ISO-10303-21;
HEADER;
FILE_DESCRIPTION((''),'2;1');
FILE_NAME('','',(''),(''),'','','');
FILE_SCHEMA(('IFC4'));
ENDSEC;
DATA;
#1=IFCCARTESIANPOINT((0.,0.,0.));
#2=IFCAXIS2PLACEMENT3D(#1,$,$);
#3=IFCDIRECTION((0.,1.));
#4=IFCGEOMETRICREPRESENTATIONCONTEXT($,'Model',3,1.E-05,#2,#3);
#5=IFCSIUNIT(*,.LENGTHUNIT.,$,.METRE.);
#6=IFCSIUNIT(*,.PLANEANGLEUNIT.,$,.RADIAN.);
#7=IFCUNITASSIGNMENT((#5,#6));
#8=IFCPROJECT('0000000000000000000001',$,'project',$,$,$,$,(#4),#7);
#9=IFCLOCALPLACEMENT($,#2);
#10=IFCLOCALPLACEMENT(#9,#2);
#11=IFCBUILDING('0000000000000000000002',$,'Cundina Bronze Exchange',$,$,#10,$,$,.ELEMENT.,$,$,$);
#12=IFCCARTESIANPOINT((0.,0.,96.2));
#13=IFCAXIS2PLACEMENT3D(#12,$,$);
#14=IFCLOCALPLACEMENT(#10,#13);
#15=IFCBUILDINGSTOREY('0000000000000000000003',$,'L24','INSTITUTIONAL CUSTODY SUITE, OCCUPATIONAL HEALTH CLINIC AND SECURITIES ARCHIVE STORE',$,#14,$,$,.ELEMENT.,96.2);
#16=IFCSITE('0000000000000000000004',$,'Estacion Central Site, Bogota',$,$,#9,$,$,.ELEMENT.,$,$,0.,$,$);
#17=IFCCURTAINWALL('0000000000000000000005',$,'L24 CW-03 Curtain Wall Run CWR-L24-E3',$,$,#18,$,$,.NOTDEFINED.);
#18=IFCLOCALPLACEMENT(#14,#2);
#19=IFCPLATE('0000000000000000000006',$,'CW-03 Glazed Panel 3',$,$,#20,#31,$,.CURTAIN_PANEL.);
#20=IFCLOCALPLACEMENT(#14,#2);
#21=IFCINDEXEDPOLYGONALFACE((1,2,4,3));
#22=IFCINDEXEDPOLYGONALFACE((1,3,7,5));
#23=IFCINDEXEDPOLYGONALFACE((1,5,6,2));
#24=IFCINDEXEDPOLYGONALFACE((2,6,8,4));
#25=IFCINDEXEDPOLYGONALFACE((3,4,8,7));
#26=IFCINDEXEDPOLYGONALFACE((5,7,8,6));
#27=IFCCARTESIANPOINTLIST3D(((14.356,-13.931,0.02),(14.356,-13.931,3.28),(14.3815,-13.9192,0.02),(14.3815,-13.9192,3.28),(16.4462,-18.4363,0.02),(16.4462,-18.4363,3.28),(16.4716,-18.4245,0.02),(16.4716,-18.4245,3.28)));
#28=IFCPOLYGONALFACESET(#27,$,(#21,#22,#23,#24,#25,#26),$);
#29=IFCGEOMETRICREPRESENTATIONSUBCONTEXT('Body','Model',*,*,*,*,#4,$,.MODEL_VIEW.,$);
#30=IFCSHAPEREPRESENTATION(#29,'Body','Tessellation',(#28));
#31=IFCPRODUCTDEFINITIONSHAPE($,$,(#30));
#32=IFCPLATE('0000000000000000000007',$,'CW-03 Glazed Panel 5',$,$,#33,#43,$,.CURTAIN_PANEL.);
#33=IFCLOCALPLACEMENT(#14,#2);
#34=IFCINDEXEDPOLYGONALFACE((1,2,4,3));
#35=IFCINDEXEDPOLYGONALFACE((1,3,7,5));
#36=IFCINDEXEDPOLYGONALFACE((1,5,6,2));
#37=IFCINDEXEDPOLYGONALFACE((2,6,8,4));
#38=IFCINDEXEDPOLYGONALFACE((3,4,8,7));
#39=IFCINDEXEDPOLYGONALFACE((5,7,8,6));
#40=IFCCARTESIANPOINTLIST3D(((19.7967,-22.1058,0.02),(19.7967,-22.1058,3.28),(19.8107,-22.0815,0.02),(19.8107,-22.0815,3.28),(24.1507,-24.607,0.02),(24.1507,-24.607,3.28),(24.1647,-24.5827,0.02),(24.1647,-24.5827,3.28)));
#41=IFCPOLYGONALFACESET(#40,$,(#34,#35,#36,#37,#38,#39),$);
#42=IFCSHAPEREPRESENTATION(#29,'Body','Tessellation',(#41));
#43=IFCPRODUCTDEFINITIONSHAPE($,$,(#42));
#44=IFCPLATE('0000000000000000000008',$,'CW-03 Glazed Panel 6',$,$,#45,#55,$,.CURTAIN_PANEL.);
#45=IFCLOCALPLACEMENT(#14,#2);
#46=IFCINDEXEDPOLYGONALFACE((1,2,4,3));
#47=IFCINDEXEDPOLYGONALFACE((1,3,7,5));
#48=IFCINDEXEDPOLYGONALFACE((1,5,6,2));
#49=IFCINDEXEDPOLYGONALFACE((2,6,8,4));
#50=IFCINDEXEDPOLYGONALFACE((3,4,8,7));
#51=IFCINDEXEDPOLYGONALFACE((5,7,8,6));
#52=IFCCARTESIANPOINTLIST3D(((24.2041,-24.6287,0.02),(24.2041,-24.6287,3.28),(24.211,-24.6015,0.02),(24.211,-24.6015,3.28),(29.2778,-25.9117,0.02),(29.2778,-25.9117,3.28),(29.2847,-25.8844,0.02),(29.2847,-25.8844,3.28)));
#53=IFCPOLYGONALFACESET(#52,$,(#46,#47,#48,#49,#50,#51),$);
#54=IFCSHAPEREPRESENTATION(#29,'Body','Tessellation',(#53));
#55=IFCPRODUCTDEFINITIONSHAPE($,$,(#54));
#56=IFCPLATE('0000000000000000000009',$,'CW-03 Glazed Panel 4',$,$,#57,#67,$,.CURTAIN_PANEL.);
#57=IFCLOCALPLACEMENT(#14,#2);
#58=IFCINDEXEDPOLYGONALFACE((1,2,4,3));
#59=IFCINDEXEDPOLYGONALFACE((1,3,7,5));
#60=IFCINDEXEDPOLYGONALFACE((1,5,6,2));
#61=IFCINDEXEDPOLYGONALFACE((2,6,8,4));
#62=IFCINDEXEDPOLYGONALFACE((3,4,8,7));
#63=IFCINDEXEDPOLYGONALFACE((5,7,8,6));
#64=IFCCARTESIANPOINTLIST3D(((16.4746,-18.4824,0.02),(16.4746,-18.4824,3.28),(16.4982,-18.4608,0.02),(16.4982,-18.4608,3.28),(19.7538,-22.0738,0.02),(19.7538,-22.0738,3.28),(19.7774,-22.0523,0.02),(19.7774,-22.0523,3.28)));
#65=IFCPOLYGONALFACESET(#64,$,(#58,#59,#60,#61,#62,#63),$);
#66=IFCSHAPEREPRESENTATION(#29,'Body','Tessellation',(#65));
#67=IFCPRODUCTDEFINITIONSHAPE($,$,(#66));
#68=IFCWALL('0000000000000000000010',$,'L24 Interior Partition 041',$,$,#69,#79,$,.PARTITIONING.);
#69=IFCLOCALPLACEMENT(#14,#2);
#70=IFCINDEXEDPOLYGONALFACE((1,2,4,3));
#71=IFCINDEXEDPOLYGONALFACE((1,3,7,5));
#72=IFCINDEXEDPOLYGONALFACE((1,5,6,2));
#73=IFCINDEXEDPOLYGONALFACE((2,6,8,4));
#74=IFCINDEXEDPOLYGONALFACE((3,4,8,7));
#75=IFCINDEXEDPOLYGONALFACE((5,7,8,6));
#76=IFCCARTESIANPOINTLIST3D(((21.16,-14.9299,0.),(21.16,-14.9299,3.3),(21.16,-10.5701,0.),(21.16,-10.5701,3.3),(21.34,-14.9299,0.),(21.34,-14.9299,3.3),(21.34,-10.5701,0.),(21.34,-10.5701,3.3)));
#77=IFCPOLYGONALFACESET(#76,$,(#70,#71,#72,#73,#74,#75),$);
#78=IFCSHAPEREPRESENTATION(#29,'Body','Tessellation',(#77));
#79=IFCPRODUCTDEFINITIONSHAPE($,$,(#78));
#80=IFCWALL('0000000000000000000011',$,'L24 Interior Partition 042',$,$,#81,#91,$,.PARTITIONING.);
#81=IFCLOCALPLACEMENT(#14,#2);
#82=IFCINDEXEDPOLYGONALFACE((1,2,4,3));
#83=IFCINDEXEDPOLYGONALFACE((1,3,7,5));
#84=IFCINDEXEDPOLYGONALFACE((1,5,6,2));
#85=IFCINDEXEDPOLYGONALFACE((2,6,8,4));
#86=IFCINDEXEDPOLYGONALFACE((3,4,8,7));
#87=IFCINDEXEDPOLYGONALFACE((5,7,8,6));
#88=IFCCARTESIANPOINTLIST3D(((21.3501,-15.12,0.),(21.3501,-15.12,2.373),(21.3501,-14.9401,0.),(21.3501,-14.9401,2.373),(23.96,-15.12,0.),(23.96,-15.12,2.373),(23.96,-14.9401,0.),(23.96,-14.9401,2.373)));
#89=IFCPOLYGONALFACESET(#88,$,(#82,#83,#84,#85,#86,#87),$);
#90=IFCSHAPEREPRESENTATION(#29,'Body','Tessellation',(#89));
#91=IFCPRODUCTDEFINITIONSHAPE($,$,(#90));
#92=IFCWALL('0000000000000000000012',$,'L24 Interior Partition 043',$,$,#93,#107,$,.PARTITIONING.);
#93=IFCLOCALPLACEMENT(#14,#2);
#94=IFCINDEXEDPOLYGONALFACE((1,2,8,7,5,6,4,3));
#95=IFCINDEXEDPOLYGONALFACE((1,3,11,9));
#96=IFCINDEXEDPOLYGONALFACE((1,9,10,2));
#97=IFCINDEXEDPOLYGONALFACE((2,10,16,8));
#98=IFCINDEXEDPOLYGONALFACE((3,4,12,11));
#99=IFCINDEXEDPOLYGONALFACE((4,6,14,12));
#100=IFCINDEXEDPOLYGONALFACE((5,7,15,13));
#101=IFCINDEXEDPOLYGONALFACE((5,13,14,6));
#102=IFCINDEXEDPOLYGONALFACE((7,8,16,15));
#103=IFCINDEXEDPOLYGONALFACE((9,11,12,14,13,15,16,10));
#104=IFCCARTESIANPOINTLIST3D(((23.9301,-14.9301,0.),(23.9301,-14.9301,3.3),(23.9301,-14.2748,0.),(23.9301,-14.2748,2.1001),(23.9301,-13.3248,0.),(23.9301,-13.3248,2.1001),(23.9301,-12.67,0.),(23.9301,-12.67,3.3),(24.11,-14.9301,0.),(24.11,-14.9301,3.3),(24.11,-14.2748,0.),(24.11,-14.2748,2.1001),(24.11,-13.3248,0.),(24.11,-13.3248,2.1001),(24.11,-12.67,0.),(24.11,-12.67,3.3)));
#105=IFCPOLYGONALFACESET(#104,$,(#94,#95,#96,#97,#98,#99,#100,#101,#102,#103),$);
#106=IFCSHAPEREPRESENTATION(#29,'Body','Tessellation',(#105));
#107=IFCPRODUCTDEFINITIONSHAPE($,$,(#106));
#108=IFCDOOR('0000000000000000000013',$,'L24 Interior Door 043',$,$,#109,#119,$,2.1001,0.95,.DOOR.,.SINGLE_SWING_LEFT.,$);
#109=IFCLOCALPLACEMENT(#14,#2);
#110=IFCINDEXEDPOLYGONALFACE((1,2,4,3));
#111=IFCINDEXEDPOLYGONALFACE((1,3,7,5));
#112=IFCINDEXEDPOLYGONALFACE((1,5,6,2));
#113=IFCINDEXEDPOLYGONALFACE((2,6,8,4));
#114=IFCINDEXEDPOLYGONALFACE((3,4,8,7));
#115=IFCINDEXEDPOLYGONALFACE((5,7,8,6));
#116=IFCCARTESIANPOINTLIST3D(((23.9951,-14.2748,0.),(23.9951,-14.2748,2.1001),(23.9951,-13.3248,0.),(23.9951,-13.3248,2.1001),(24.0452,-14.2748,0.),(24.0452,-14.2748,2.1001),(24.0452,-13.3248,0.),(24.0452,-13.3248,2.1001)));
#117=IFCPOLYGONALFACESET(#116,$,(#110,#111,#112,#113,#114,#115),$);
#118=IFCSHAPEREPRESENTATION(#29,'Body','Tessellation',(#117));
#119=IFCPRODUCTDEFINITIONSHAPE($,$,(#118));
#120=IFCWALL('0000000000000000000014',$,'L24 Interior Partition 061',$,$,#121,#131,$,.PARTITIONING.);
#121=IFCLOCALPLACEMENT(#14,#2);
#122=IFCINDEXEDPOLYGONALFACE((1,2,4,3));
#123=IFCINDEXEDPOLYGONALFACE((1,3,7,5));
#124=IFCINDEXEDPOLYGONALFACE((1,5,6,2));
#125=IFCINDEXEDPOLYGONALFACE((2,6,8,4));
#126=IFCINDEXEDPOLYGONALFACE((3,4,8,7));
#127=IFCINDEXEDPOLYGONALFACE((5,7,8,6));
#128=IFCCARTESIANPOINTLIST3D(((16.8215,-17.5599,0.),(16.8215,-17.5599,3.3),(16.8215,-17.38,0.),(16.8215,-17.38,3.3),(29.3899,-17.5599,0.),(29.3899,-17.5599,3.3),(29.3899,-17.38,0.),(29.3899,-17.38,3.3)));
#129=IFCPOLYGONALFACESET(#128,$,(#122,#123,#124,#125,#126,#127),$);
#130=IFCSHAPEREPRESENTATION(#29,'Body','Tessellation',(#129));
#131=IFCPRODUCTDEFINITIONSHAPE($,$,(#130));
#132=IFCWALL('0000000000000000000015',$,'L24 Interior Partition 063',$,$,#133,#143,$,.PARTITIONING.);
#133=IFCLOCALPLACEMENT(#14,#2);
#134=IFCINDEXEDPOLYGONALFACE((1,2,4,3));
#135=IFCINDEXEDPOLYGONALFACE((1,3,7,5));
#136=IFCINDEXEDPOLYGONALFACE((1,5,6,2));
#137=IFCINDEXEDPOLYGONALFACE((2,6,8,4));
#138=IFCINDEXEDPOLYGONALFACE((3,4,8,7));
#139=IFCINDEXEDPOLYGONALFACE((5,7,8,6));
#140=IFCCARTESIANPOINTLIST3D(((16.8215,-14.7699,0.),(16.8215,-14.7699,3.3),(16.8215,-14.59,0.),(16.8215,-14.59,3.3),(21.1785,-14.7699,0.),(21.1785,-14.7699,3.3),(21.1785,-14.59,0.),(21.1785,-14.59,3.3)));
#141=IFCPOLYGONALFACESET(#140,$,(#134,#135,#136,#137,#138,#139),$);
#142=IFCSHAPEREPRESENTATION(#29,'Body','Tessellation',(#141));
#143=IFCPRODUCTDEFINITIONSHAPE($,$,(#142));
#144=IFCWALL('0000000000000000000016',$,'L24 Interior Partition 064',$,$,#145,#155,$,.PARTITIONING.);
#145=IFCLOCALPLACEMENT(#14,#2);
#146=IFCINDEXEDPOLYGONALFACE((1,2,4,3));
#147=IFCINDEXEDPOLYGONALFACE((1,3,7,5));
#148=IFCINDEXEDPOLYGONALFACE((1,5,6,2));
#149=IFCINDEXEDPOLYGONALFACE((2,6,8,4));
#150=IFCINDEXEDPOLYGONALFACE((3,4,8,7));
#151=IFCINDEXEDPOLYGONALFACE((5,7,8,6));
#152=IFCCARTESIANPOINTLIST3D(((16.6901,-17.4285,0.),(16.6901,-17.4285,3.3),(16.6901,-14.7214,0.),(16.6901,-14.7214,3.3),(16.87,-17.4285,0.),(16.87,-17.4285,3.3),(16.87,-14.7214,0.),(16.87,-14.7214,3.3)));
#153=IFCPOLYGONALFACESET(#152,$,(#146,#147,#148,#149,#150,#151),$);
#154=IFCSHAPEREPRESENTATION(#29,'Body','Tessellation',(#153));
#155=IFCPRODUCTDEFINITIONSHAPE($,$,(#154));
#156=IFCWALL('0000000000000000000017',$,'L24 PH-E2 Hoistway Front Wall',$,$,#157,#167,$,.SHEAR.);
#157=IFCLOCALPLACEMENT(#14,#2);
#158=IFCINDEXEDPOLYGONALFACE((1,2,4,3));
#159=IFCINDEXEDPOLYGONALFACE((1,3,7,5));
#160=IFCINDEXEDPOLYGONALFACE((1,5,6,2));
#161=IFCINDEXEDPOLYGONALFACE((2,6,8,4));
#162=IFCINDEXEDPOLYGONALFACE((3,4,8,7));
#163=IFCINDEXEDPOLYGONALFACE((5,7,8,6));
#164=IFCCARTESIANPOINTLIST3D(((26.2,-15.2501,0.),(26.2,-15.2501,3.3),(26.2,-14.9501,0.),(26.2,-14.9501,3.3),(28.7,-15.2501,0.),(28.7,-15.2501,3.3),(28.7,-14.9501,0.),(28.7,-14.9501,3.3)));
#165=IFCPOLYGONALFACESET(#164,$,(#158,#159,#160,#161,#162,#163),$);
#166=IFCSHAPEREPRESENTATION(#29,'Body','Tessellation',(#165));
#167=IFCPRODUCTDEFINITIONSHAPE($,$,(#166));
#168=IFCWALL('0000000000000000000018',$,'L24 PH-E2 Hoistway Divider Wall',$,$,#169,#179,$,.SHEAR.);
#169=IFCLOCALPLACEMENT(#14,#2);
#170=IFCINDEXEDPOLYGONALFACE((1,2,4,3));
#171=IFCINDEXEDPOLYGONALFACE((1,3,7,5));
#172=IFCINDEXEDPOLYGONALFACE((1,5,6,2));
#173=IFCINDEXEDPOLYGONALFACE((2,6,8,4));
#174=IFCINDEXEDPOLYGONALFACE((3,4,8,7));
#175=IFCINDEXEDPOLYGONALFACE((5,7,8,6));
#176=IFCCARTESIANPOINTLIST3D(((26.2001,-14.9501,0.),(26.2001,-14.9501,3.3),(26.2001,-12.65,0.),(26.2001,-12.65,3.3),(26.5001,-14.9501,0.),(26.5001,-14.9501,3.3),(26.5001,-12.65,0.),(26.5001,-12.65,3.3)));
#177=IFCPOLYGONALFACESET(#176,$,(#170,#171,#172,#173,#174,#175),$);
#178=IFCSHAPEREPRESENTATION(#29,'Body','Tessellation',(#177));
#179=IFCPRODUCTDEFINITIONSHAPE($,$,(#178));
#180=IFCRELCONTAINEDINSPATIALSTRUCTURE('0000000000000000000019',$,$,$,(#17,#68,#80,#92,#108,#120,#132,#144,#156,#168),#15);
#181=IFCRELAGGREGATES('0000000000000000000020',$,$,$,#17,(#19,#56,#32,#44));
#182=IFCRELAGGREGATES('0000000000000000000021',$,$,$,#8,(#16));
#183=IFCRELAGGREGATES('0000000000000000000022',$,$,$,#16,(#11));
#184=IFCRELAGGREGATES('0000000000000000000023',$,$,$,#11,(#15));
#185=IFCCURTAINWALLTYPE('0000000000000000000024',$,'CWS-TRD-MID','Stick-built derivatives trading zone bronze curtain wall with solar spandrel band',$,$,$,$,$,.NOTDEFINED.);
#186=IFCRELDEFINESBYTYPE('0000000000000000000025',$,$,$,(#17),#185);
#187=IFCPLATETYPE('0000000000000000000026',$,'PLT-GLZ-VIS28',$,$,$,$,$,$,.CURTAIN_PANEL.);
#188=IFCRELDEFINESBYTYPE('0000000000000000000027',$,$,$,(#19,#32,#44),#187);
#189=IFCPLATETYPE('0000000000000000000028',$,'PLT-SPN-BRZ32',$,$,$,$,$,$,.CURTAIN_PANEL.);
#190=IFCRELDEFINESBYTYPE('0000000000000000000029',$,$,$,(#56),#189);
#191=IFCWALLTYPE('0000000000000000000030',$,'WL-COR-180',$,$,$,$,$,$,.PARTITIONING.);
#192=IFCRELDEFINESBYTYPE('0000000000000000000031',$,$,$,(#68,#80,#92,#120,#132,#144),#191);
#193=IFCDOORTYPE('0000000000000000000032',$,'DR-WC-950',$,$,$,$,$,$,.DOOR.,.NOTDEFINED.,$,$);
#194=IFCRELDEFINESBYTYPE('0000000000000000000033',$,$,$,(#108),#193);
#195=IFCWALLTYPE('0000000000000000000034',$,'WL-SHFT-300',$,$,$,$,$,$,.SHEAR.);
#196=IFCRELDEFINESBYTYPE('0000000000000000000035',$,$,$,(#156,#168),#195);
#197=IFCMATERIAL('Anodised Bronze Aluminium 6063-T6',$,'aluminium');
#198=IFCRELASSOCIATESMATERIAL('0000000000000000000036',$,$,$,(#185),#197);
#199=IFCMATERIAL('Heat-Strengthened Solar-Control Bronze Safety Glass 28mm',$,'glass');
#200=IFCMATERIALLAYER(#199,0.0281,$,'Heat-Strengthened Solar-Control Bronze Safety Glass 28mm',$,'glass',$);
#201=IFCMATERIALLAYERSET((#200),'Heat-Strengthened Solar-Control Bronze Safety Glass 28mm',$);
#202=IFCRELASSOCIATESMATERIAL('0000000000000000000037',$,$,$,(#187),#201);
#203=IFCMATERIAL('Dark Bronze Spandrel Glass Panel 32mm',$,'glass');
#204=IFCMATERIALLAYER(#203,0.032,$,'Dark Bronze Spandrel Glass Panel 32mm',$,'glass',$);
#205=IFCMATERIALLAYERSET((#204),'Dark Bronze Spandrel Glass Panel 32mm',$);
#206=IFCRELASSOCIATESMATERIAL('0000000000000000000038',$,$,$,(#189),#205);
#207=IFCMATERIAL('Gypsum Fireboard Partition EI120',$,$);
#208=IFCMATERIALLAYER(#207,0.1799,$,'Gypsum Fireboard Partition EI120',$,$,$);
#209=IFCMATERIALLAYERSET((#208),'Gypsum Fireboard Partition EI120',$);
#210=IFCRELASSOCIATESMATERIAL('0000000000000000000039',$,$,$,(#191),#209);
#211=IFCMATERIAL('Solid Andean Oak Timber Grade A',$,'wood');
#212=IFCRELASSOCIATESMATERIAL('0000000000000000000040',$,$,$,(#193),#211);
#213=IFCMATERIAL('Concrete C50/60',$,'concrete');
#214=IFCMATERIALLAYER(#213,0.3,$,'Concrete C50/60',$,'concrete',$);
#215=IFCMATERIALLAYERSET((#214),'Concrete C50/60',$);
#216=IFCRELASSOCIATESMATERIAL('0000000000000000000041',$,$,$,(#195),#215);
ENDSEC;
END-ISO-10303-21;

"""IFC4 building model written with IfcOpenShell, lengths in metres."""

from ifc_helpers import new_model, si_unit, direction, frame, frame_2d, origin, origin_2d, place, context, subcontext, project, spatial, rectangle, extrude, material, layer, layer_set, type_object, element, fill, aggregate, save


model = new_model("IFC4")

# Units and contexts
model_context = context("Model", 3, precision=1e-05, world=origin(), true_north=direction((0.0, 1.0)))
body_context = subcontext(model_context, "Body", "Model", "MODEL_VIEW")
ifc_project = project(units=[si_unit("LENGTHUNIT", "METRE"), si_unit("PLANEANGLEUNIT", "RADIAN")], contexts=[model_context])

# Site, building, storey
site_placement = place(None, origin())
site = spatial("IfcSite", under=ifc_project, at=site_placement, Name="Estacion Central Site, Bogota", CompositionType="ELEMENT", RefElevation=0.0)
building_placement = place(site_placement, origin())
building = spatial("IfcBuilding", under=site, at=building_placement, Name="Cundina Bronze Exchange", CompositionType="ELEMENT")
storey_placement = place(building_placement, frame((0.0, 0.0, 96.2)))
storey = spatial("IfcBuildingStorey", under=building, at=storey_placement, Name="L24", Description="INSTITUTIONAL CUSTODY SUITE, OCCUPATIONAL HEALTH CLINIC AND SECURITIES ARCHIVE STORE", CompositionType="ELEMENT", Elevation=96.2)

# Curtain wall, plates
ifc_material_1 = material(Name="Anodised Bronze Aluminium 6063-T6", Category="aluminium")
curtain_wall_type = type_object("IfcCurtainWallType", Name="CWS-TRD-MID", Description="Stick-built derivatives trading zone bronze curtain wall with solar spandrel band", PredefinedType="NOTDEFINED", material=ifc_material_1)
curtain_wall_placement = place(storey_placement, origin())
curtain_wall = element("IfcCurtainWall", 1, at=curtain_wall_placement, inside=storey, type_object=curtain_wall_type, Name="L24 CW-03 Curtain Wall Run CWR-L24-E3", PredefinedType="NOTDEFINED")
ifc_material_2 = material(Name="Heat-Strengthened Solar-Control Bronze Safety Glass 28mm", Category="glass")
ifc_layer_1 = layer(ifc_material_2, 0.0281, Name="Heat-Strengthened Solar-Control Bronze Safety Glass 28mm", Category="glass")
ifc_layer_set_1 = layer_set([ifc_layer_1], Name="Heat-Strengthened Solar-Control Bronze Safety Glass 28mm")
plate_type_1 = type_object("IfcPlateType", Name="PLT-GLZ-VIS28", PredefinedType="CURTAIN_PANEL", material=ifc_layer_set_1)
plate_1_placement = place(storey_placement, frame((15.4138, -16.1777, 0.02), z_axis=(0.0, 0.0, 1.0), x_axis=(0.420846, -0.907132, 0.0)))
plate_1 = element("IfcPlate", 2, at=plate_1_placement, type_object=plate_type_1, Name="CW-03 Glazed Panel 3", PredefinedType="CURTAIN_PANEL", context=body_context, shape_type="SweptSolid", body=[
    extrude(rectangle(XDim=4.9666, YDim=0.0281, at=origin_2d()), origin(), (0.0, 0.0, 1.0), 3.26),
])
plate_2_placement = place(storey_placement, frame((21.9807, -23.3442, 0.02), z_axis=(0.0, 0.0, 1.0), x_axis=(0.867105, -0.498125, 0.0)))
plate_2 = element("IfcPlate", 3, at=plate_2_placement, type_object=plate_type_1, Name="CW-03 Glazed Panel 5", PredefinedType="CURTAIN_PANEL", context=body_context, shape_type="SweptSolid", body=[
    extrude(rectangle(XDim=5.0212, YDim=0.0281, at=origin_2d()), origin(), (0.0, 0.0, 1.0), 3.26),
])
plate_3_placement = place(storey_placement, frame((26.7444, -25.2566, 0.02), z_axis=(0.0, 0.0, 1.0), x_axis=(0.969488, -0.245138, 0.0)))
plate_3 = element("IfcPlate", 4, at=plate_3_placement, type_object=plate_type_1, Name="CW-03 Glazed Panel 6", PredefinedType="CURTAIN_PANEL", context=body_context, shape_type="SweptSolid", body=[
    extrude(rectangle(XDim=5.2334, YDim=0.0281, at=origin_2d()), origin(), (0.0, 0.0, 1.0), 3.26),
])
ifc_material_3 = material(Name="Dark Bronze Spandrel Glass Panel 32mm", Category="glass")
ifc_layer_2 = layer(ifc_material_3, 0.032, Name="Dark Bronze Spandrel Glass Panel 32mm", Category="glass")
ifc_layer_set_2 = layer_set([ifc_layer_2], Name="Dark Bronze Spandrel Glass Panel 32mm")
plate_type_2 = type_object("IfcPlateType", Name="PLT-SPN-BRZ32", PredefinedType="CURTAIN_PANEL", material=ifc_layer_set_2)
plate_4_placement = place(storey_placement, frame((18.126, -20.2673, 0.02), z_axis=(0.0, 0.0, 1.0), x_axis=(0.674277, -0.738479, 0.0)))
plate_4 = element("IfcPlate", 5, at=plate_4_placement, type_object=plate_type_2, Name="CW-03 Glazed Panel 4", PredefinedType="CURTAIN_PANEL", context=body_context, shape_type="SweptSolid", body=[
    extrude(rectangle(XDim=4.8633, YDim=0.032, at=origin_2d()), origin(), (0.0, 0.0, 1.0), 3.26),
])
aggregate(curtain_wall, [plate_1, plate_4, plate_2, plate_3])

# Walls
ifc_material_4 = material(Name="Gypsum Fireboard Partition EI120")
ifc_layer_3 = layer(ifc_material_4, 0.1799, Name="Gypsum Fireboard Partition EI120")
ifc_layer_set_3 = layer_set([ifc_layer_3], Name="Gypsum Fireboard Partition EI120")
wall_type_1 = type_object("IfcWallType", Name="WL-COR-180", PredefinedType="PARTITIONING", material=ifc_layer_set_3)
wall_1_placement = place(storey_placement, frame((21.25, -14.9299, 0.0), z_axis=(0.0, 0.0, 1.0), x_axis=(0.0, 1.0, 0.0)))
element("IfcWall", 6, at=wall_1_placement, inside=storey, type_object=wall_type_1, Name="L24 Interior Partition 041", PredefinedType="PARTITIONING", context=body_context, shape_type="SweptSolid", body=[
    extrude(rectangle(XDim=4.3599, YDim=0.1799, at=frame_2d((2.1799, 0.0))), origin(), (0.0, 0.0, 1.0), 3.3),
])
wall_2_placement = place(storey_placement, frame((21.3501, -15.03, 0.0), z_axis=(0.0, 0.0, 1.0), x_axis=(1.0, 0.0, 0.0)))
element("IfcWall", 7, at=wall_2_placement, inside=storey, type_object=wall_type_1, Name="L24 Interior Partition 042", PredefinedType="PARTITIONING", context=body_context, shape_type="SweptSolid", body=[
    extrude(rectangle(XDim=2.6099, YDim=0.1799, at=frame_2d((1.3049, 0.0))), origin(), (0.0, 0.0, 1.0), 2.373),
])

# Wall, opening, door
wall_3_placement = place(storey_placement, frame((24.02, -14.9299, 0.0), z_axis=(0.0, 0.0, 1.0), x_axis=(0.0, 1.0, 0.0)))
wall_3 = element("IfcWall", 8, at=wall_3_placement, inside=storey, type_object=wall_type_1, Name="L24 Interior Partition 043", PredefinedType="PARTITIONING", context=body_context, shape_type="SweptSolid", body=[
    extrude(rectangle(XDim=2.26, YDim=0.1799, at=frame_2d((1.1299, 0.0))), origin(), (0.0, 0.0, 1.0), 3.3),
])
opening_placement = place(wall_3_placement, frame((0.655, 0.0, 0.0)))
opening = element("IfcOpeningElement", 9, at=opening_placement, cuts=wall_3, PredefinedType="OPENING", context=body_context, shape_type="SweptSolid", body=[
    extrude(rectangle(XDim=0.95, YDim=2.1001, at=frame_2d((0.4751, 1.05))), frame((0.0, 0.0999, 0.0), z_axis=(0.0, -1.0, 0.0), x_axis=(1.0, 0.0, 0.0)), (0.0, 0.0, 1.0), 0.2),
])
ifc_material_5 = material(Name="Solid Andean Oak Timber Grade A", Category="wood")
door_type = type_object("IfcDoorType", Name="DR-WC-950", OperationType="NOTDEFINED", PredefinedType="DOOR", material=ifc_material_5)
door_placement = place(opening_placement, origin())
door = element("IfcDoor", 10, at=door_placement, inside=storey, type_object=door_type, Name="L24 Interior Door 043", OperationType="SINGLE_SWING_LEFT", OverallHeight=2.1001, OverallWidth=0.95, PredefinedType="DOOR", context=body_context, shape_type="SweptSolid", body=[
    extrude(rectangle(XDim=0.95, YDim=2.1001, at=frame_2d((0.4751, 1.05))), frame((0.0, 0.0249, 0.0), z_axis=(0.0, -1.0, 0.0), x_axis=(1.0, 0.0, 0.0)), (0.0, 0.0, 1.0), 0.05),
])
fill(opening, door)

# Walls
wall_4_placement = place(storey_placement, frame((16.8215, -17.47, 0.0), z_axis=(0.0, 0.0, 1.0), x_axis=(1.0, 0.0, 0.0)))
element("IfcWall", 11, at=wall_4_placement, inside=storey, type_object=wall_type_1, Name="L24 Interior Partition 061", PredefinedType="PARTITIONING", context=body_context, shape_type="SweptSolid", body=[
    extrude(rectangle(XDim=12.5684, YDim=0.1799, at=frame_2d((6.2842, 0.0))), origin(), (0.0, 0.0, 1.0), 3.3),
])
wall_5_placement = place(storey_placement, frame((21.1785, -14.6799, 0.0), z_axis=(0.0, 0.0, 1.0), x_axis=(-1.0, 0.0, 0.0)))
element("IfcWall", 12, at=wall_5_placement, inside=storey, type_object=wall_type_1, Name="L24 Interior Partition 063", PredefinedType="PARTITIONING", context=body_context, shape_type="SweptSolid", body=[
    extrude(rectangle(XDim=4.3569, YDim=0.1799, at=frame_2d((2.1785, 0.0))), origin(), (0.0, 0.0, 1.0), 3.3),
])
wall_6_placement = place(storey_placement, frame((16.78, -14.7214, 0.0), z_axis=(0.0, 0.0, 1.0), x_axis=(0.0, -1.0, 0.0)))
element("IfcWall", 13, at=wall_6_placement, inside=storey, type_object=wall_type_1, Name="L24 Interior Partition 064", PredefinedType="PARTITIONING", context=body_context, shape_type="SweptSolid", body=[
    extrude(rectangle(XDim=2.707, YDim=0.1799, at=frame_2d((1.3535, 0.0))), origin(), (0.0, 0.0, 1.0), 3.3),
])
ifc_material_6 = material(Name="Concrete C50/60", Category="concrete")
ifc_layer_4 = layer(ifc_material_6, 0.3, Name="Concrete C50/60", Category="concrete")
ifc_layer_set_4 = layer_set([ifc_layer_4], Name="Concrete C50/60")
wall_type_2 = type_object("IfcWallType", Name="WL-SHFT-300", PredefinedType="SHEAR", material=ifc_layer_set_4)
wall_7_placement = place(storey_placement, frame((26.2, -15.1001, 0.0), z_axis=(0.0, 0.0, 1.0), x_axis=(1.0, 0.0, 0.0)))
element("IfcWall", 14, at=wall_7_placement, inside=storey, type_object=wall_type_2, Name="L24 PH-E2 Hoistway Front Wall", PredefinedType="SHEAR", context=body_context, shape_type="SweptSolid", body=[
    extrude(rectangle(XDim=2.5, YDim=0.3, at=frame_2d((1.25, 0.0))), origin(), (0.0, 0.0, 1.0), 3.3),
])
wall_8_placement = place(storey_placement, frame((26.3501, -14.95, 0.0), z_axis=(0.0, 0.0, 1.0), x_axis=(0.0, 1.0, 0.0)))
element("IfcWall", 15, at=wall_8_placement, inside=storey, type_object=wall_type_2, Name="L24 PH-E2 Hoistway Divider Wall", PredefinedType="SHEAR", context=body_context, shape_type="SweptSolid", body=[
    extrude(rectangle(XDim=2.3, YDim=0.3, at=frame_2d((1.1499, 0.0))), origin(), (0.0, 0.0, 1.0), 3.3),
])

save(model, "model.ifc")
